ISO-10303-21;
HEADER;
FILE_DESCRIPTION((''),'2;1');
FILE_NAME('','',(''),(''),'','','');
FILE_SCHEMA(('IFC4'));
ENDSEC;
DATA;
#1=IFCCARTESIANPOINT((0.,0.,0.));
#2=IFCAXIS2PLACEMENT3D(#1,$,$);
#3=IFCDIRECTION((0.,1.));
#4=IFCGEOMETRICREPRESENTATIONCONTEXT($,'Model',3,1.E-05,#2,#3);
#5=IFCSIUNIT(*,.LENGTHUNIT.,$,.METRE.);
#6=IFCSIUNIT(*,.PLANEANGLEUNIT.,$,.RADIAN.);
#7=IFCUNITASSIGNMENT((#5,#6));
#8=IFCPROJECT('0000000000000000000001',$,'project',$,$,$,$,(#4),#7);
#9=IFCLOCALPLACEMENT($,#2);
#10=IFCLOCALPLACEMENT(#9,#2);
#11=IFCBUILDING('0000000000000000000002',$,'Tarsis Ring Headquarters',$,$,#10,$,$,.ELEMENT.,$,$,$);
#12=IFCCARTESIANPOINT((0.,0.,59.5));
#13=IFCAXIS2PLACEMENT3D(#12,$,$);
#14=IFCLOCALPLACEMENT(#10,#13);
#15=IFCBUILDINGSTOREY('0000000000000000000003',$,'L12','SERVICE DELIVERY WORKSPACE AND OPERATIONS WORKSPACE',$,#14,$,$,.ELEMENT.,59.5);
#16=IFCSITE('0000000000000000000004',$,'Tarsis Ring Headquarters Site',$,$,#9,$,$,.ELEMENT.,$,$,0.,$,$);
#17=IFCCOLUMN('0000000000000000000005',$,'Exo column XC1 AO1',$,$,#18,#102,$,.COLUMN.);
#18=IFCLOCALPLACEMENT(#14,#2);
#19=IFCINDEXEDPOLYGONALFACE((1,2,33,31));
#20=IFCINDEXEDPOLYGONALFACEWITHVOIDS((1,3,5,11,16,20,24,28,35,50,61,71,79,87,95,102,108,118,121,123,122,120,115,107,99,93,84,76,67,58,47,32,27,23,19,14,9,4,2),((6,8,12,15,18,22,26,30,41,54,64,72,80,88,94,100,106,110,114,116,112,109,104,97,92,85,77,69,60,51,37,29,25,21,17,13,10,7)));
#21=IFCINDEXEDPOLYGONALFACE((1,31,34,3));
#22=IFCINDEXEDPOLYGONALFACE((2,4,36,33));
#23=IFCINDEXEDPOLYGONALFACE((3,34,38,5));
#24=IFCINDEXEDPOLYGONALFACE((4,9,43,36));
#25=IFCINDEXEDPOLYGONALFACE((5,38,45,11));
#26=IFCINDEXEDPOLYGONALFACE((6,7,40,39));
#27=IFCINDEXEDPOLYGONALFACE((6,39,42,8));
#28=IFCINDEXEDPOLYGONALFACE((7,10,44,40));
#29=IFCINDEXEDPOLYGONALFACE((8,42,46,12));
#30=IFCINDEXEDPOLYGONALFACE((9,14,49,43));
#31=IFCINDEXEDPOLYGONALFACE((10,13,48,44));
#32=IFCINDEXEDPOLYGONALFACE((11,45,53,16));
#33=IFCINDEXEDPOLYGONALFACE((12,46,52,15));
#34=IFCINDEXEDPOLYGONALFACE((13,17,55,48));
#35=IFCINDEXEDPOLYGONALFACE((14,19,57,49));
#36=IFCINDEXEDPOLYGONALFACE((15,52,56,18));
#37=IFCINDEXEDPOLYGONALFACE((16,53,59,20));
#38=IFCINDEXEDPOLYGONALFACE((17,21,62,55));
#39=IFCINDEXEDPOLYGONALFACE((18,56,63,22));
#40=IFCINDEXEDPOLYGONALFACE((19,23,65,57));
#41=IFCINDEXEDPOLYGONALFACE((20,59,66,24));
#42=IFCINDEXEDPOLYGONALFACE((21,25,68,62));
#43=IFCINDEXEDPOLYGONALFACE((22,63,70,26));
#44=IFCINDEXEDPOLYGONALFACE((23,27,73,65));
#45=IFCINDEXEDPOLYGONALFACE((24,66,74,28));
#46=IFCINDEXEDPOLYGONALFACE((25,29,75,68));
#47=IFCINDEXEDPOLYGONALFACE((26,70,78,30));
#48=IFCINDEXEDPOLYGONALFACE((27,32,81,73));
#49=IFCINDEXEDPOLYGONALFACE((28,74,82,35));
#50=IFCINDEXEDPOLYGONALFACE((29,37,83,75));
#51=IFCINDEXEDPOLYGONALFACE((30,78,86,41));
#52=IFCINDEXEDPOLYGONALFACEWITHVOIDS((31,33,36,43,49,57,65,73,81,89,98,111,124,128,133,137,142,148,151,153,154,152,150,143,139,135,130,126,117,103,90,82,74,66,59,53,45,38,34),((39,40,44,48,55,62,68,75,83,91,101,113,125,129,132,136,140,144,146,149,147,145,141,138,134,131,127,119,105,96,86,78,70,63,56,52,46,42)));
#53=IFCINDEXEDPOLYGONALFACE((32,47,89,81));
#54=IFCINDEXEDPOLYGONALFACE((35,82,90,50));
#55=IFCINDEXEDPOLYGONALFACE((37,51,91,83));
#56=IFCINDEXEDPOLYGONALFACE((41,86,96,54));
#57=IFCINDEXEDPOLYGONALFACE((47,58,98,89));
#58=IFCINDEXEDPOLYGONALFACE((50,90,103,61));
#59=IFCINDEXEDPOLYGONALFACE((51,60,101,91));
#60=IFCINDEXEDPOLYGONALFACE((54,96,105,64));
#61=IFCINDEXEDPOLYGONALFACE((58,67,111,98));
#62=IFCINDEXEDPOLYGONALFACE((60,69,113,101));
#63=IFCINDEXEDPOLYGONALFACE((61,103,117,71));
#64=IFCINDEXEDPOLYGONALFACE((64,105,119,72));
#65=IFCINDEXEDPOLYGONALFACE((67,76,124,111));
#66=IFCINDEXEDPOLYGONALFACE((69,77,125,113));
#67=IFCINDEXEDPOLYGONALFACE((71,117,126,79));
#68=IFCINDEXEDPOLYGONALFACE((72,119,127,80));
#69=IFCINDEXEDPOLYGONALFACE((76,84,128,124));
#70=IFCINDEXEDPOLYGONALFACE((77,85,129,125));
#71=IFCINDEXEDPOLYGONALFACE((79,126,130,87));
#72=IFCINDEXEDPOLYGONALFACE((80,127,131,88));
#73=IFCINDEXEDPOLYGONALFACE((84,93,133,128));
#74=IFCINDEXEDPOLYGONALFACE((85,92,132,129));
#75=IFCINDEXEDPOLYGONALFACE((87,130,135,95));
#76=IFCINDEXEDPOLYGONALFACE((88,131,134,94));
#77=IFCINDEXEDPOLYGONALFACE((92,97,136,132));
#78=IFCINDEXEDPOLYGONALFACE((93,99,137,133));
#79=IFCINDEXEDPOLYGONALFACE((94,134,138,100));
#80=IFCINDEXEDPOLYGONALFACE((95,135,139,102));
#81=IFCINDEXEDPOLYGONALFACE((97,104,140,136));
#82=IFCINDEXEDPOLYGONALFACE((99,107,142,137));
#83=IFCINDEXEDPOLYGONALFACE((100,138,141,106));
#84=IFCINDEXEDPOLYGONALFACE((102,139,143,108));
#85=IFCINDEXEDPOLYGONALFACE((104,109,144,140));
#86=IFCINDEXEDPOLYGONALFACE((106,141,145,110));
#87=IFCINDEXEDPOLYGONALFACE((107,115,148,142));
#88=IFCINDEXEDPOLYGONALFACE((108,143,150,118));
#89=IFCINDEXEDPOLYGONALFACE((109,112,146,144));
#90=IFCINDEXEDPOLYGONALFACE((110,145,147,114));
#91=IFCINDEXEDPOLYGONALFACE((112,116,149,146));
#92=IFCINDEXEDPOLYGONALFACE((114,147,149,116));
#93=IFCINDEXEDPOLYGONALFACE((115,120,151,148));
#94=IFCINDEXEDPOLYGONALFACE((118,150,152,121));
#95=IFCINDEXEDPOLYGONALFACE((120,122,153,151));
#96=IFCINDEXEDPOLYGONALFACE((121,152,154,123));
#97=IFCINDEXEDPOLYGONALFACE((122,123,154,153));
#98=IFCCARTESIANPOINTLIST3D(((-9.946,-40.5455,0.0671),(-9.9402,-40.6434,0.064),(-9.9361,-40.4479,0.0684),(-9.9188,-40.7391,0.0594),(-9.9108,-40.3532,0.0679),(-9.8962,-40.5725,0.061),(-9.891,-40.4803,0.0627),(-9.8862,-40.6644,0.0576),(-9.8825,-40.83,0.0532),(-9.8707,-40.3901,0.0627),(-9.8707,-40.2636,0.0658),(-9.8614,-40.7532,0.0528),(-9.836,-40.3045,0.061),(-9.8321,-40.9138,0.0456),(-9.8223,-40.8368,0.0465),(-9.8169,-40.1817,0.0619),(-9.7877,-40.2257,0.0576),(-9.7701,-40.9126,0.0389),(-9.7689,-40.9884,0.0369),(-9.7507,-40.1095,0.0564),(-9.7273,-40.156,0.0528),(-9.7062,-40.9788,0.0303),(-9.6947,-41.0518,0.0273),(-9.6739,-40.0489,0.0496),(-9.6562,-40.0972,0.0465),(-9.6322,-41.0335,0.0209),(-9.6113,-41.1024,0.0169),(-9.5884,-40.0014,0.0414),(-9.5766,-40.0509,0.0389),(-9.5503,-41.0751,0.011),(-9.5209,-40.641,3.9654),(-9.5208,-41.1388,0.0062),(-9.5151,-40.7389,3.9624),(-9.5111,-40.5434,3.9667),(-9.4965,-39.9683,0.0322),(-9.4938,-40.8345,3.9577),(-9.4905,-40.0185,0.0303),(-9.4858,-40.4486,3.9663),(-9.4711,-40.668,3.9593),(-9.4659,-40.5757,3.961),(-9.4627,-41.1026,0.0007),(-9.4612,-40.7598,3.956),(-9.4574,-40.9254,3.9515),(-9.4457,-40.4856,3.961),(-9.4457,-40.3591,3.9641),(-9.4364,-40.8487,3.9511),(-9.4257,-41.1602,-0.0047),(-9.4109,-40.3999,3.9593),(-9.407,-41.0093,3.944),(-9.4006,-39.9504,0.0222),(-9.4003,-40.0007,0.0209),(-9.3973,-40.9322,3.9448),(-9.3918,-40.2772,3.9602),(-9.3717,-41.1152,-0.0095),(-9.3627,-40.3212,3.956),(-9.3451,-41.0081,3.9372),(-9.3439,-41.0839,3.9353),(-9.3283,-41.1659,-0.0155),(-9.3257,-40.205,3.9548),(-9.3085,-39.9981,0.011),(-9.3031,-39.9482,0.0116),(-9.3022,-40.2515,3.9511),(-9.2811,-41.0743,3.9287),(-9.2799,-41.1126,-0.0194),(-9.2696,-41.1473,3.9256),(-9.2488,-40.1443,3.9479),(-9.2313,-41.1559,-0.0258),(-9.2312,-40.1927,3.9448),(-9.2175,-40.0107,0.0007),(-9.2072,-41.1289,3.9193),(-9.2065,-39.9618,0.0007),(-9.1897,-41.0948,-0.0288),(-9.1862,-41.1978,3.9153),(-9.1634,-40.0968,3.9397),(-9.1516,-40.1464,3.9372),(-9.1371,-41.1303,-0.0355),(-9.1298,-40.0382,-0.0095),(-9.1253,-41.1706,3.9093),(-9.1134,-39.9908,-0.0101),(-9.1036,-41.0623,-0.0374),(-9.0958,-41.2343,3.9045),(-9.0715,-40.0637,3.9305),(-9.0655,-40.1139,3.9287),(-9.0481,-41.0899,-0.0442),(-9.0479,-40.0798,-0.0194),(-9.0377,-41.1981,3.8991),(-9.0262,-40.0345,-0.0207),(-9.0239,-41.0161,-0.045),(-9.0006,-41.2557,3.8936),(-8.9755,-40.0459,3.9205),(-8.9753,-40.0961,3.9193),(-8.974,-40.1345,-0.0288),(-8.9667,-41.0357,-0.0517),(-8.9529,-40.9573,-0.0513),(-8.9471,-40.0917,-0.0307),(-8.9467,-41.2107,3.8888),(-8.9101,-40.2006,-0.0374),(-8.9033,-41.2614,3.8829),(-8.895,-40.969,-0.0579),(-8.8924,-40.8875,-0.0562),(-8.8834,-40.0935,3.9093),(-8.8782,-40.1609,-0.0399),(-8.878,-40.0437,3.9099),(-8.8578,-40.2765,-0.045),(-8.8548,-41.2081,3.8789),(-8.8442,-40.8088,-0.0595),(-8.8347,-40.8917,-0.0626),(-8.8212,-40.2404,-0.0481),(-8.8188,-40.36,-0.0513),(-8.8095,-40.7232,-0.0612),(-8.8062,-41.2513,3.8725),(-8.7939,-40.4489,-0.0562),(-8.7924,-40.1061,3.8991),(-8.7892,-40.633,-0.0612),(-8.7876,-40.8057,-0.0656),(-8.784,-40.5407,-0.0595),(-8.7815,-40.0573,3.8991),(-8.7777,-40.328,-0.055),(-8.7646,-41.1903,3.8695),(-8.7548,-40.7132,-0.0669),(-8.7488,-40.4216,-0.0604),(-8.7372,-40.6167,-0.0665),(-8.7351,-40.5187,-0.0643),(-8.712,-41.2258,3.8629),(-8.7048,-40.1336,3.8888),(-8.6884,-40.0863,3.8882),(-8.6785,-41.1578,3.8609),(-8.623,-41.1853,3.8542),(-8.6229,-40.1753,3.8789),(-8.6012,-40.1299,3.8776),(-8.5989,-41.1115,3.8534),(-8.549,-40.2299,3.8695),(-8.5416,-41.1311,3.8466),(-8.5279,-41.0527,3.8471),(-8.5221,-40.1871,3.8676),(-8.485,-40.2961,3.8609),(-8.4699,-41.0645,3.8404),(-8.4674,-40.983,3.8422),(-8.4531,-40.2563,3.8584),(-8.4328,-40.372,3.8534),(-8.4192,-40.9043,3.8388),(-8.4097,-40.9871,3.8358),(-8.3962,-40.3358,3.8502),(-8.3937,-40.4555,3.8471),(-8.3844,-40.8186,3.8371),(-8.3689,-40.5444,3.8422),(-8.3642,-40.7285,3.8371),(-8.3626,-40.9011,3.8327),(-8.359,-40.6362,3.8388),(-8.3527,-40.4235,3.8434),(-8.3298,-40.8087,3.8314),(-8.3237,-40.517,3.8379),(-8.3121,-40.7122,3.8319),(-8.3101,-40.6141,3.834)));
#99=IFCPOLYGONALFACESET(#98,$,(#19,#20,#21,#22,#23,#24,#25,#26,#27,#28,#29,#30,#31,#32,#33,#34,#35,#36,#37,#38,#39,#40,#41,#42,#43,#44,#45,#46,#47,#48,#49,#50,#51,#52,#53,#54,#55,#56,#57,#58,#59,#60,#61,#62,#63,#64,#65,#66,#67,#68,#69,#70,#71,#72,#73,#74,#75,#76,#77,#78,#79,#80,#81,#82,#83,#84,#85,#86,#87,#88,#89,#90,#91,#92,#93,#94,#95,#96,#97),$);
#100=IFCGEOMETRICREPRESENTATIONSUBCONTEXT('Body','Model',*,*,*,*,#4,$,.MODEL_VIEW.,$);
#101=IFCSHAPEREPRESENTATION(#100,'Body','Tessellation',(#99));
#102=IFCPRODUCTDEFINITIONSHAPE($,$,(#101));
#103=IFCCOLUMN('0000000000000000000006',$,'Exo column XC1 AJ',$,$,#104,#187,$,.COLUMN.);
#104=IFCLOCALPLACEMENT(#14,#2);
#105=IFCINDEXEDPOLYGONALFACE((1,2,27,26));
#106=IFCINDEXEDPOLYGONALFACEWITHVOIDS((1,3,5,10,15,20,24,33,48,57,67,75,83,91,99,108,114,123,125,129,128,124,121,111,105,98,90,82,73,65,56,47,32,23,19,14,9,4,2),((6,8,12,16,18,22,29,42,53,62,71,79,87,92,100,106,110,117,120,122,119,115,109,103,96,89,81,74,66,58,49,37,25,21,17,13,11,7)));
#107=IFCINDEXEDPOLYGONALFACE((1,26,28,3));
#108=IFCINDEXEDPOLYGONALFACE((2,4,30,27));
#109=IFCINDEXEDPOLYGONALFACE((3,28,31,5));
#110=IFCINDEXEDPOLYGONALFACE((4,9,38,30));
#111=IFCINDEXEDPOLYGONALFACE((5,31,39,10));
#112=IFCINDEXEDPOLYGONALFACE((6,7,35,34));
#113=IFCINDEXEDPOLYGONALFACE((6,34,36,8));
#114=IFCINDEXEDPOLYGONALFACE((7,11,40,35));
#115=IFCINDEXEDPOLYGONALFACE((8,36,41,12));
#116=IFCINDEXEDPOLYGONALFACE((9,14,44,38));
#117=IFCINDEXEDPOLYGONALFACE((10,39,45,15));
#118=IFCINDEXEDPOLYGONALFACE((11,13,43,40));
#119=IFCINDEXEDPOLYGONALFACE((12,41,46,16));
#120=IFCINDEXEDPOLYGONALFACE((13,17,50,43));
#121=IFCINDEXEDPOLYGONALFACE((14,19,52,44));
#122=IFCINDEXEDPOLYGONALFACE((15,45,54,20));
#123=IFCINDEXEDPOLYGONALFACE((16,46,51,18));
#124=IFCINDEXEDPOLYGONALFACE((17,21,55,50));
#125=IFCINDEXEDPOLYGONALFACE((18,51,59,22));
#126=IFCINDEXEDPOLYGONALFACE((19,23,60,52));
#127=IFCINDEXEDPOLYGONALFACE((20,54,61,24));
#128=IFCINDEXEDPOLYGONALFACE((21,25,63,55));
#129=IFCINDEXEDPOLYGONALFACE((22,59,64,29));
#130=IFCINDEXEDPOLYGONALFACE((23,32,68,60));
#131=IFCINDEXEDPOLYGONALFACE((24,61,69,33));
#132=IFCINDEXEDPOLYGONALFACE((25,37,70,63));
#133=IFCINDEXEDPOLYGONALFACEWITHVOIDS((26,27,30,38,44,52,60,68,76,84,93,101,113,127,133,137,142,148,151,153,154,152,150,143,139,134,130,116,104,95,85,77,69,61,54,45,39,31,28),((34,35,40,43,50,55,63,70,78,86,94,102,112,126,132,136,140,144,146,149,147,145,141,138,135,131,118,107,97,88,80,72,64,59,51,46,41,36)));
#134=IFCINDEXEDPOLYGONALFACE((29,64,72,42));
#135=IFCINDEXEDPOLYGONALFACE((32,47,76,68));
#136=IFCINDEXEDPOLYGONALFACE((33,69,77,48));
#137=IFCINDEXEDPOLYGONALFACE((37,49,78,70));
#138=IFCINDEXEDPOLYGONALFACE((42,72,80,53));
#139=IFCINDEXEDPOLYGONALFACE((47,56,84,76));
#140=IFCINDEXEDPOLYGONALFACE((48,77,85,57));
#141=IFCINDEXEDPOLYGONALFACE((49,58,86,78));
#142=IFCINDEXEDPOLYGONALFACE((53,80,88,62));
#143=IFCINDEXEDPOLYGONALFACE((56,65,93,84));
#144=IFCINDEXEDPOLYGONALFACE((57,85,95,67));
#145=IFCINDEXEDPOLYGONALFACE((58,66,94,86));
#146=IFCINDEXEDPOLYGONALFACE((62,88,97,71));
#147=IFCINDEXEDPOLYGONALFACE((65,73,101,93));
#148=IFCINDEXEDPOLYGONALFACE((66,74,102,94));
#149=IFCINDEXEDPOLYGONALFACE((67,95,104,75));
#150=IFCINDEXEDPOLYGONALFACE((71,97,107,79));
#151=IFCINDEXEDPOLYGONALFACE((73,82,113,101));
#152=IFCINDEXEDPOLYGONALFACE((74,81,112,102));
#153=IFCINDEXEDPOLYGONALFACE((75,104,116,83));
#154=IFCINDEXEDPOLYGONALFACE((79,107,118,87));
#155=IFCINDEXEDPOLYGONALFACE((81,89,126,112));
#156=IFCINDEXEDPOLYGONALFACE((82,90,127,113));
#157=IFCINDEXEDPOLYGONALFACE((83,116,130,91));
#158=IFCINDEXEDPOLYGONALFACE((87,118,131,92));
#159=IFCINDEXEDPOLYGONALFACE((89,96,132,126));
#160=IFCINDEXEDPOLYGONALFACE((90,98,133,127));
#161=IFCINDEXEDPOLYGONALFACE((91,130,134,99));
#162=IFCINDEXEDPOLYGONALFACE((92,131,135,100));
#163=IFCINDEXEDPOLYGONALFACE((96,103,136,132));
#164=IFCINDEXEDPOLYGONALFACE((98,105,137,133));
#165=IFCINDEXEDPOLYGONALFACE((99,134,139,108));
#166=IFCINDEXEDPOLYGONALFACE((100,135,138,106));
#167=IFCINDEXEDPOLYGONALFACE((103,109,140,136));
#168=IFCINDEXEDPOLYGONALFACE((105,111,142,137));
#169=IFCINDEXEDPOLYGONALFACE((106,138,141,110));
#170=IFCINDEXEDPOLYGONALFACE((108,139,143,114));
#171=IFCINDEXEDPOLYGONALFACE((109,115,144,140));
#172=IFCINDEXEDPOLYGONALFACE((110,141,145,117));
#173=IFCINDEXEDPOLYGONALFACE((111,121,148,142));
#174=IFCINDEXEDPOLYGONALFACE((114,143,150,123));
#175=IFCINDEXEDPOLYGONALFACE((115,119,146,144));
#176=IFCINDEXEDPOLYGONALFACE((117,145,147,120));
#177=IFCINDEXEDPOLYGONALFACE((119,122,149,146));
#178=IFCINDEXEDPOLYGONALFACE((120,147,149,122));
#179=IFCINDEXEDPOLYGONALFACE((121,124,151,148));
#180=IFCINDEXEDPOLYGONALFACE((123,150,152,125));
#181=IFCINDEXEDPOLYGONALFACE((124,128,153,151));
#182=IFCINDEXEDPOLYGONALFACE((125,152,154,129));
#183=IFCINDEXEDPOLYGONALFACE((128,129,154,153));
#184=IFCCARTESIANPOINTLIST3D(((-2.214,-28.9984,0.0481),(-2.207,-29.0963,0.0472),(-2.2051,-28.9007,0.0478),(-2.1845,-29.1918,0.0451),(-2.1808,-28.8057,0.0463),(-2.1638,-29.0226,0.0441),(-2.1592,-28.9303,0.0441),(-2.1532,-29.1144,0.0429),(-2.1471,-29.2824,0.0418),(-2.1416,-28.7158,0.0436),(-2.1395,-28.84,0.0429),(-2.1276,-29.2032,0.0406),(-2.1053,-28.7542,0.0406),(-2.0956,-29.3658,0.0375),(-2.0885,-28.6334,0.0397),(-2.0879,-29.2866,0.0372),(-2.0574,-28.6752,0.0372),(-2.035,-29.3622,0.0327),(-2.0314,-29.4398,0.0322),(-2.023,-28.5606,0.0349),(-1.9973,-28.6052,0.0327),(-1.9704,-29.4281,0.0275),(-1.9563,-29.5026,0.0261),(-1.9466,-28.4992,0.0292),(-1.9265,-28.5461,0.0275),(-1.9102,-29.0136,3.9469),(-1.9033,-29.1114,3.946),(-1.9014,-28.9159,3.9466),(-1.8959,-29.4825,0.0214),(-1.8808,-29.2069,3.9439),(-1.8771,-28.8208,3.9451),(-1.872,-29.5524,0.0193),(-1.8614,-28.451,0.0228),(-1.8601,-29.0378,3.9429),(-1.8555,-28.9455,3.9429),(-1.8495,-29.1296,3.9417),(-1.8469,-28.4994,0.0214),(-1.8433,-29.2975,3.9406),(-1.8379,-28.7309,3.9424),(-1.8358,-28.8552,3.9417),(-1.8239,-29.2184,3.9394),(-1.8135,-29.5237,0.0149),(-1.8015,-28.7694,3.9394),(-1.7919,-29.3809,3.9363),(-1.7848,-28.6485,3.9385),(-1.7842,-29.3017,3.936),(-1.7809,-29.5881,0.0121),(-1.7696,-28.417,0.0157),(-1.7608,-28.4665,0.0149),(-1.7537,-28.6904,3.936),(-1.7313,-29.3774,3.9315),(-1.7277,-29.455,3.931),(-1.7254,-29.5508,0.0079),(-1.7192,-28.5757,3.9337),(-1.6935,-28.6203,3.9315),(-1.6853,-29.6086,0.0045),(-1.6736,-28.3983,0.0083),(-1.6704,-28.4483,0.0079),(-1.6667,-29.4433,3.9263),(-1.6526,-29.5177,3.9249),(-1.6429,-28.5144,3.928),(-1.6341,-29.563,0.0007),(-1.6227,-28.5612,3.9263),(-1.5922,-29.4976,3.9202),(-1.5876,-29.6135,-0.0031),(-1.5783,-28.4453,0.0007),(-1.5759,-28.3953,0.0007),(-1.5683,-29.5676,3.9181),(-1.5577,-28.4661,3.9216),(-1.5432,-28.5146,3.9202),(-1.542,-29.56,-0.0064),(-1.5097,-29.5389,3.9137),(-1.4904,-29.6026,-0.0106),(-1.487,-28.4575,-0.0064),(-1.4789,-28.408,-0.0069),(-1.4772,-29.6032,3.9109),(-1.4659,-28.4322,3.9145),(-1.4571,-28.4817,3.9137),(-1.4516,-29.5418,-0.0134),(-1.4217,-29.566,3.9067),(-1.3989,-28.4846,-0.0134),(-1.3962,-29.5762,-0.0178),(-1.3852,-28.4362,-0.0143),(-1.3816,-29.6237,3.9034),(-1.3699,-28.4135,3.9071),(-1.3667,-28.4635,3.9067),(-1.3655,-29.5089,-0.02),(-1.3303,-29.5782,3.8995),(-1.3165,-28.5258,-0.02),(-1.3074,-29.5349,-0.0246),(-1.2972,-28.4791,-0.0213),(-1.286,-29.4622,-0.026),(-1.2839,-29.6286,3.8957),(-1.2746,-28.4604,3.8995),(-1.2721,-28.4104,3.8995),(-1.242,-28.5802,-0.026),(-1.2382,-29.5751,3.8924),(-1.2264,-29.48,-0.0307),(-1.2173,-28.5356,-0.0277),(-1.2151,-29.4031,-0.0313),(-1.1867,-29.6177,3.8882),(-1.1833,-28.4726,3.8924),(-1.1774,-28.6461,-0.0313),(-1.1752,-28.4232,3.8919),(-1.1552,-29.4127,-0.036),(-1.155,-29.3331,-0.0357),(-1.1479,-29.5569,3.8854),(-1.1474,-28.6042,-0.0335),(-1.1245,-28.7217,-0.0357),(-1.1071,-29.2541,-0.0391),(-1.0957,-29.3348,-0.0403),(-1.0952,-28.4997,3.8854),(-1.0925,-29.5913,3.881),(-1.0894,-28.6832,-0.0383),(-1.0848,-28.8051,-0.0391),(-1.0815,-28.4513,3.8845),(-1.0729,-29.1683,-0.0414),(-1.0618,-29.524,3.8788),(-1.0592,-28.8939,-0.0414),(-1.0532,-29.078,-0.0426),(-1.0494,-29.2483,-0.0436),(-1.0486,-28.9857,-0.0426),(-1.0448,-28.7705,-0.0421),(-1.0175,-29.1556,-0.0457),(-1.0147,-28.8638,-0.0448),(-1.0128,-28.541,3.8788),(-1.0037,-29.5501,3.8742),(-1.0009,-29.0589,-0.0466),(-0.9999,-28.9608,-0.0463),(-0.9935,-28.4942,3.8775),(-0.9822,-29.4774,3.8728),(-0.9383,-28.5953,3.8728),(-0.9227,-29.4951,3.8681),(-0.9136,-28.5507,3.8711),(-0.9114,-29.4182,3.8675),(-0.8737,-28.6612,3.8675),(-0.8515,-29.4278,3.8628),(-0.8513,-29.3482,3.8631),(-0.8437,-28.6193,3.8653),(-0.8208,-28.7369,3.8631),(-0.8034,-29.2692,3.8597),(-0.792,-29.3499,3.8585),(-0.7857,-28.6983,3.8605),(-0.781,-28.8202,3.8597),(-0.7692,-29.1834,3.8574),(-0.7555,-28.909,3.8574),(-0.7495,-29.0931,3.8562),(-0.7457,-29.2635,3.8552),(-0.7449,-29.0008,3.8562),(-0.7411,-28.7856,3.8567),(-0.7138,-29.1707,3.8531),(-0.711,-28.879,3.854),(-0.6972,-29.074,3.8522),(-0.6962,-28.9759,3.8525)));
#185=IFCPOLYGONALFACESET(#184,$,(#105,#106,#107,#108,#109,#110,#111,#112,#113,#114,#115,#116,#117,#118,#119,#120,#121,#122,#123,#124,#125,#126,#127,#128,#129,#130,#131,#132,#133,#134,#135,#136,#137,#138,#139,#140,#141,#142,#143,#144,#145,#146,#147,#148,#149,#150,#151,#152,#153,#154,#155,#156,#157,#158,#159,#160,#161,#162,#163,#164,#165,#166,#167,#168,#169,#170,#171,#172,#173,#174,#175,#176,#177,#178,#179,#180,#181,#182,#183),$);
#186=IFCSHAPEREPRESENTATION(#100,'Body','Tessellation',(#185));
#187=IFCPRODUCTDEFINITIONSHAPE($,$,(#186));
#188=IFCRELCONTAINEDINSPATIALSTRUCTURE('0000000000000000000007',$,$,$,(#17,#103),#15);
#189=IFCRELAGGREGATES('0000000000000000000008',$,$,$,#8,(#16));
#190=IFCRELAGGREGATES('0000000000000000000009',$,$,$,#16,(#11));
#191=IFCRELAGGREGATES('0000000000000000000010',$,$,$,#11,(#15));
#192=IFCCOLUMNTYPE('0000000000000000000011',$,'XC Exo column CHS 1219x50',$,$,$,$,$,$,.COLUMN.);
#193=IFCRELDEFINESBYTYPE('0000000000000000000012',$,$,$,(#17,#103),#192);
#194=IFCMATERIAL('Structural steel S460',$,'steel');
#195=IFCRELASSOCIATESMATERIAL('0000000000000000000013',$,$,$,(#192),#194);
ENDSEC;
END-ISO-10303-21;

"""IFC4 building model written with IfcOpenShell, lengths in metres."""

from ifc_helpers import new_model, si_unit, direction, frame, origin, origin_2d, place, context, subcontext, project, spatial, hollow_circle, extrude, material, material_profile, profile_set, type_object, element, save


model = new_model("IFC4")

# Units and contexts
model_context = context("Model", 3, precision=1e-05, world=origin(), true_north=direction((0.0, 1.0)))
body_context = subcontext(model_context, "Body", "Model", "MODEL_VIEW")
ifc_project = project(units=[si_unit("LENGTHUNIT", "METRE"), si_unit("PLANEANGLEUNIT", "RADIAN")], contexts=[model_context])

# Site, building, storey
site_placement = place(None, origin())
site = spatial("IfcSite", under=ifc_project, at=site_placement, Name="Tarsis Ring Headquarters Site", CompositionType="ELEMENT", RefElevation=0.0)
building_placement = place(site_placement, origin())
building = spatial("IfcBuilding", under=site, at=building_placement, Name="Tarsis Ring Headquarters", CompositionType="ELEMENT")
storey_placement = place(building_placement, frame((0.0, 0.0, 59.5)))
storey = spatial("IfcBuildingStorey", under=building, at=storey_placement, Name="L12", Description="SERVICE DELIVERY WORKSPACE AND OPERATIONS WORKSPACE", CompositionType="ELEMENT", Elevation=59.5)

# Columns
ifc_material_1 = material(Name="Structural steel S460", Category="steel")
ifc_material_profile_1 = material_profile(ifc_material_1, hollow_circle(Radius=0.6096, WallThickness=0.05, at=origin_2d()), Name="CHS 1219x50")
ifc_profile_set_1 = profile_set([ifc_material_profile_1], Name="Structural steel S460")
column_type = type_object("IfcColumnType", Name="XC Exo column CHS 1219x50", PredefinedType="COLUMN", material=ifc_profile_set_1)
column_1_placement = place(storey_placement, frame((-9.3401, -40.5566, 0.0007), z_axis=(0.108356, -0.024335, 0.993814), x_axis=(0.219125, 0.975697, 0.0)))
element("IfcColumn", 1, at=column_1_placement, inside=storey, type_object=column_type, Name="Exo column XC1 AO1", PredefinedType="COLUMN", context=body_context, shape_type="SweptSolid", body=[
    extrude(hollow_circle(Radius=0.6096, WallThickness=0.05, at=origin_2d()), origin(), (0.0, 0.0, 1.0), 3.9226),
])
column_2_placement = place(storey_placement, frame((-1.6062, -29.0042, 0.0007), z_axis=(0.077665, -0.003871, 0.996972), x_axis=(0.049777, 0.99876, 0.0)))
element("IfcColumn", 2, at=column_2_placement, inside=storey, type_object=column_type, Name="Exo column XC1 AJ", PredefinedType="COLUMN", context=body_context, shape_type="SweptSolid", body=[
    extrude(hollow_circle(Radius=0.6096, WallThickness=0.05, at=origin_2d()), origin(), (0.0, 0.0, 1.0), 3.9106),
])

save(model, "model.ifc")
